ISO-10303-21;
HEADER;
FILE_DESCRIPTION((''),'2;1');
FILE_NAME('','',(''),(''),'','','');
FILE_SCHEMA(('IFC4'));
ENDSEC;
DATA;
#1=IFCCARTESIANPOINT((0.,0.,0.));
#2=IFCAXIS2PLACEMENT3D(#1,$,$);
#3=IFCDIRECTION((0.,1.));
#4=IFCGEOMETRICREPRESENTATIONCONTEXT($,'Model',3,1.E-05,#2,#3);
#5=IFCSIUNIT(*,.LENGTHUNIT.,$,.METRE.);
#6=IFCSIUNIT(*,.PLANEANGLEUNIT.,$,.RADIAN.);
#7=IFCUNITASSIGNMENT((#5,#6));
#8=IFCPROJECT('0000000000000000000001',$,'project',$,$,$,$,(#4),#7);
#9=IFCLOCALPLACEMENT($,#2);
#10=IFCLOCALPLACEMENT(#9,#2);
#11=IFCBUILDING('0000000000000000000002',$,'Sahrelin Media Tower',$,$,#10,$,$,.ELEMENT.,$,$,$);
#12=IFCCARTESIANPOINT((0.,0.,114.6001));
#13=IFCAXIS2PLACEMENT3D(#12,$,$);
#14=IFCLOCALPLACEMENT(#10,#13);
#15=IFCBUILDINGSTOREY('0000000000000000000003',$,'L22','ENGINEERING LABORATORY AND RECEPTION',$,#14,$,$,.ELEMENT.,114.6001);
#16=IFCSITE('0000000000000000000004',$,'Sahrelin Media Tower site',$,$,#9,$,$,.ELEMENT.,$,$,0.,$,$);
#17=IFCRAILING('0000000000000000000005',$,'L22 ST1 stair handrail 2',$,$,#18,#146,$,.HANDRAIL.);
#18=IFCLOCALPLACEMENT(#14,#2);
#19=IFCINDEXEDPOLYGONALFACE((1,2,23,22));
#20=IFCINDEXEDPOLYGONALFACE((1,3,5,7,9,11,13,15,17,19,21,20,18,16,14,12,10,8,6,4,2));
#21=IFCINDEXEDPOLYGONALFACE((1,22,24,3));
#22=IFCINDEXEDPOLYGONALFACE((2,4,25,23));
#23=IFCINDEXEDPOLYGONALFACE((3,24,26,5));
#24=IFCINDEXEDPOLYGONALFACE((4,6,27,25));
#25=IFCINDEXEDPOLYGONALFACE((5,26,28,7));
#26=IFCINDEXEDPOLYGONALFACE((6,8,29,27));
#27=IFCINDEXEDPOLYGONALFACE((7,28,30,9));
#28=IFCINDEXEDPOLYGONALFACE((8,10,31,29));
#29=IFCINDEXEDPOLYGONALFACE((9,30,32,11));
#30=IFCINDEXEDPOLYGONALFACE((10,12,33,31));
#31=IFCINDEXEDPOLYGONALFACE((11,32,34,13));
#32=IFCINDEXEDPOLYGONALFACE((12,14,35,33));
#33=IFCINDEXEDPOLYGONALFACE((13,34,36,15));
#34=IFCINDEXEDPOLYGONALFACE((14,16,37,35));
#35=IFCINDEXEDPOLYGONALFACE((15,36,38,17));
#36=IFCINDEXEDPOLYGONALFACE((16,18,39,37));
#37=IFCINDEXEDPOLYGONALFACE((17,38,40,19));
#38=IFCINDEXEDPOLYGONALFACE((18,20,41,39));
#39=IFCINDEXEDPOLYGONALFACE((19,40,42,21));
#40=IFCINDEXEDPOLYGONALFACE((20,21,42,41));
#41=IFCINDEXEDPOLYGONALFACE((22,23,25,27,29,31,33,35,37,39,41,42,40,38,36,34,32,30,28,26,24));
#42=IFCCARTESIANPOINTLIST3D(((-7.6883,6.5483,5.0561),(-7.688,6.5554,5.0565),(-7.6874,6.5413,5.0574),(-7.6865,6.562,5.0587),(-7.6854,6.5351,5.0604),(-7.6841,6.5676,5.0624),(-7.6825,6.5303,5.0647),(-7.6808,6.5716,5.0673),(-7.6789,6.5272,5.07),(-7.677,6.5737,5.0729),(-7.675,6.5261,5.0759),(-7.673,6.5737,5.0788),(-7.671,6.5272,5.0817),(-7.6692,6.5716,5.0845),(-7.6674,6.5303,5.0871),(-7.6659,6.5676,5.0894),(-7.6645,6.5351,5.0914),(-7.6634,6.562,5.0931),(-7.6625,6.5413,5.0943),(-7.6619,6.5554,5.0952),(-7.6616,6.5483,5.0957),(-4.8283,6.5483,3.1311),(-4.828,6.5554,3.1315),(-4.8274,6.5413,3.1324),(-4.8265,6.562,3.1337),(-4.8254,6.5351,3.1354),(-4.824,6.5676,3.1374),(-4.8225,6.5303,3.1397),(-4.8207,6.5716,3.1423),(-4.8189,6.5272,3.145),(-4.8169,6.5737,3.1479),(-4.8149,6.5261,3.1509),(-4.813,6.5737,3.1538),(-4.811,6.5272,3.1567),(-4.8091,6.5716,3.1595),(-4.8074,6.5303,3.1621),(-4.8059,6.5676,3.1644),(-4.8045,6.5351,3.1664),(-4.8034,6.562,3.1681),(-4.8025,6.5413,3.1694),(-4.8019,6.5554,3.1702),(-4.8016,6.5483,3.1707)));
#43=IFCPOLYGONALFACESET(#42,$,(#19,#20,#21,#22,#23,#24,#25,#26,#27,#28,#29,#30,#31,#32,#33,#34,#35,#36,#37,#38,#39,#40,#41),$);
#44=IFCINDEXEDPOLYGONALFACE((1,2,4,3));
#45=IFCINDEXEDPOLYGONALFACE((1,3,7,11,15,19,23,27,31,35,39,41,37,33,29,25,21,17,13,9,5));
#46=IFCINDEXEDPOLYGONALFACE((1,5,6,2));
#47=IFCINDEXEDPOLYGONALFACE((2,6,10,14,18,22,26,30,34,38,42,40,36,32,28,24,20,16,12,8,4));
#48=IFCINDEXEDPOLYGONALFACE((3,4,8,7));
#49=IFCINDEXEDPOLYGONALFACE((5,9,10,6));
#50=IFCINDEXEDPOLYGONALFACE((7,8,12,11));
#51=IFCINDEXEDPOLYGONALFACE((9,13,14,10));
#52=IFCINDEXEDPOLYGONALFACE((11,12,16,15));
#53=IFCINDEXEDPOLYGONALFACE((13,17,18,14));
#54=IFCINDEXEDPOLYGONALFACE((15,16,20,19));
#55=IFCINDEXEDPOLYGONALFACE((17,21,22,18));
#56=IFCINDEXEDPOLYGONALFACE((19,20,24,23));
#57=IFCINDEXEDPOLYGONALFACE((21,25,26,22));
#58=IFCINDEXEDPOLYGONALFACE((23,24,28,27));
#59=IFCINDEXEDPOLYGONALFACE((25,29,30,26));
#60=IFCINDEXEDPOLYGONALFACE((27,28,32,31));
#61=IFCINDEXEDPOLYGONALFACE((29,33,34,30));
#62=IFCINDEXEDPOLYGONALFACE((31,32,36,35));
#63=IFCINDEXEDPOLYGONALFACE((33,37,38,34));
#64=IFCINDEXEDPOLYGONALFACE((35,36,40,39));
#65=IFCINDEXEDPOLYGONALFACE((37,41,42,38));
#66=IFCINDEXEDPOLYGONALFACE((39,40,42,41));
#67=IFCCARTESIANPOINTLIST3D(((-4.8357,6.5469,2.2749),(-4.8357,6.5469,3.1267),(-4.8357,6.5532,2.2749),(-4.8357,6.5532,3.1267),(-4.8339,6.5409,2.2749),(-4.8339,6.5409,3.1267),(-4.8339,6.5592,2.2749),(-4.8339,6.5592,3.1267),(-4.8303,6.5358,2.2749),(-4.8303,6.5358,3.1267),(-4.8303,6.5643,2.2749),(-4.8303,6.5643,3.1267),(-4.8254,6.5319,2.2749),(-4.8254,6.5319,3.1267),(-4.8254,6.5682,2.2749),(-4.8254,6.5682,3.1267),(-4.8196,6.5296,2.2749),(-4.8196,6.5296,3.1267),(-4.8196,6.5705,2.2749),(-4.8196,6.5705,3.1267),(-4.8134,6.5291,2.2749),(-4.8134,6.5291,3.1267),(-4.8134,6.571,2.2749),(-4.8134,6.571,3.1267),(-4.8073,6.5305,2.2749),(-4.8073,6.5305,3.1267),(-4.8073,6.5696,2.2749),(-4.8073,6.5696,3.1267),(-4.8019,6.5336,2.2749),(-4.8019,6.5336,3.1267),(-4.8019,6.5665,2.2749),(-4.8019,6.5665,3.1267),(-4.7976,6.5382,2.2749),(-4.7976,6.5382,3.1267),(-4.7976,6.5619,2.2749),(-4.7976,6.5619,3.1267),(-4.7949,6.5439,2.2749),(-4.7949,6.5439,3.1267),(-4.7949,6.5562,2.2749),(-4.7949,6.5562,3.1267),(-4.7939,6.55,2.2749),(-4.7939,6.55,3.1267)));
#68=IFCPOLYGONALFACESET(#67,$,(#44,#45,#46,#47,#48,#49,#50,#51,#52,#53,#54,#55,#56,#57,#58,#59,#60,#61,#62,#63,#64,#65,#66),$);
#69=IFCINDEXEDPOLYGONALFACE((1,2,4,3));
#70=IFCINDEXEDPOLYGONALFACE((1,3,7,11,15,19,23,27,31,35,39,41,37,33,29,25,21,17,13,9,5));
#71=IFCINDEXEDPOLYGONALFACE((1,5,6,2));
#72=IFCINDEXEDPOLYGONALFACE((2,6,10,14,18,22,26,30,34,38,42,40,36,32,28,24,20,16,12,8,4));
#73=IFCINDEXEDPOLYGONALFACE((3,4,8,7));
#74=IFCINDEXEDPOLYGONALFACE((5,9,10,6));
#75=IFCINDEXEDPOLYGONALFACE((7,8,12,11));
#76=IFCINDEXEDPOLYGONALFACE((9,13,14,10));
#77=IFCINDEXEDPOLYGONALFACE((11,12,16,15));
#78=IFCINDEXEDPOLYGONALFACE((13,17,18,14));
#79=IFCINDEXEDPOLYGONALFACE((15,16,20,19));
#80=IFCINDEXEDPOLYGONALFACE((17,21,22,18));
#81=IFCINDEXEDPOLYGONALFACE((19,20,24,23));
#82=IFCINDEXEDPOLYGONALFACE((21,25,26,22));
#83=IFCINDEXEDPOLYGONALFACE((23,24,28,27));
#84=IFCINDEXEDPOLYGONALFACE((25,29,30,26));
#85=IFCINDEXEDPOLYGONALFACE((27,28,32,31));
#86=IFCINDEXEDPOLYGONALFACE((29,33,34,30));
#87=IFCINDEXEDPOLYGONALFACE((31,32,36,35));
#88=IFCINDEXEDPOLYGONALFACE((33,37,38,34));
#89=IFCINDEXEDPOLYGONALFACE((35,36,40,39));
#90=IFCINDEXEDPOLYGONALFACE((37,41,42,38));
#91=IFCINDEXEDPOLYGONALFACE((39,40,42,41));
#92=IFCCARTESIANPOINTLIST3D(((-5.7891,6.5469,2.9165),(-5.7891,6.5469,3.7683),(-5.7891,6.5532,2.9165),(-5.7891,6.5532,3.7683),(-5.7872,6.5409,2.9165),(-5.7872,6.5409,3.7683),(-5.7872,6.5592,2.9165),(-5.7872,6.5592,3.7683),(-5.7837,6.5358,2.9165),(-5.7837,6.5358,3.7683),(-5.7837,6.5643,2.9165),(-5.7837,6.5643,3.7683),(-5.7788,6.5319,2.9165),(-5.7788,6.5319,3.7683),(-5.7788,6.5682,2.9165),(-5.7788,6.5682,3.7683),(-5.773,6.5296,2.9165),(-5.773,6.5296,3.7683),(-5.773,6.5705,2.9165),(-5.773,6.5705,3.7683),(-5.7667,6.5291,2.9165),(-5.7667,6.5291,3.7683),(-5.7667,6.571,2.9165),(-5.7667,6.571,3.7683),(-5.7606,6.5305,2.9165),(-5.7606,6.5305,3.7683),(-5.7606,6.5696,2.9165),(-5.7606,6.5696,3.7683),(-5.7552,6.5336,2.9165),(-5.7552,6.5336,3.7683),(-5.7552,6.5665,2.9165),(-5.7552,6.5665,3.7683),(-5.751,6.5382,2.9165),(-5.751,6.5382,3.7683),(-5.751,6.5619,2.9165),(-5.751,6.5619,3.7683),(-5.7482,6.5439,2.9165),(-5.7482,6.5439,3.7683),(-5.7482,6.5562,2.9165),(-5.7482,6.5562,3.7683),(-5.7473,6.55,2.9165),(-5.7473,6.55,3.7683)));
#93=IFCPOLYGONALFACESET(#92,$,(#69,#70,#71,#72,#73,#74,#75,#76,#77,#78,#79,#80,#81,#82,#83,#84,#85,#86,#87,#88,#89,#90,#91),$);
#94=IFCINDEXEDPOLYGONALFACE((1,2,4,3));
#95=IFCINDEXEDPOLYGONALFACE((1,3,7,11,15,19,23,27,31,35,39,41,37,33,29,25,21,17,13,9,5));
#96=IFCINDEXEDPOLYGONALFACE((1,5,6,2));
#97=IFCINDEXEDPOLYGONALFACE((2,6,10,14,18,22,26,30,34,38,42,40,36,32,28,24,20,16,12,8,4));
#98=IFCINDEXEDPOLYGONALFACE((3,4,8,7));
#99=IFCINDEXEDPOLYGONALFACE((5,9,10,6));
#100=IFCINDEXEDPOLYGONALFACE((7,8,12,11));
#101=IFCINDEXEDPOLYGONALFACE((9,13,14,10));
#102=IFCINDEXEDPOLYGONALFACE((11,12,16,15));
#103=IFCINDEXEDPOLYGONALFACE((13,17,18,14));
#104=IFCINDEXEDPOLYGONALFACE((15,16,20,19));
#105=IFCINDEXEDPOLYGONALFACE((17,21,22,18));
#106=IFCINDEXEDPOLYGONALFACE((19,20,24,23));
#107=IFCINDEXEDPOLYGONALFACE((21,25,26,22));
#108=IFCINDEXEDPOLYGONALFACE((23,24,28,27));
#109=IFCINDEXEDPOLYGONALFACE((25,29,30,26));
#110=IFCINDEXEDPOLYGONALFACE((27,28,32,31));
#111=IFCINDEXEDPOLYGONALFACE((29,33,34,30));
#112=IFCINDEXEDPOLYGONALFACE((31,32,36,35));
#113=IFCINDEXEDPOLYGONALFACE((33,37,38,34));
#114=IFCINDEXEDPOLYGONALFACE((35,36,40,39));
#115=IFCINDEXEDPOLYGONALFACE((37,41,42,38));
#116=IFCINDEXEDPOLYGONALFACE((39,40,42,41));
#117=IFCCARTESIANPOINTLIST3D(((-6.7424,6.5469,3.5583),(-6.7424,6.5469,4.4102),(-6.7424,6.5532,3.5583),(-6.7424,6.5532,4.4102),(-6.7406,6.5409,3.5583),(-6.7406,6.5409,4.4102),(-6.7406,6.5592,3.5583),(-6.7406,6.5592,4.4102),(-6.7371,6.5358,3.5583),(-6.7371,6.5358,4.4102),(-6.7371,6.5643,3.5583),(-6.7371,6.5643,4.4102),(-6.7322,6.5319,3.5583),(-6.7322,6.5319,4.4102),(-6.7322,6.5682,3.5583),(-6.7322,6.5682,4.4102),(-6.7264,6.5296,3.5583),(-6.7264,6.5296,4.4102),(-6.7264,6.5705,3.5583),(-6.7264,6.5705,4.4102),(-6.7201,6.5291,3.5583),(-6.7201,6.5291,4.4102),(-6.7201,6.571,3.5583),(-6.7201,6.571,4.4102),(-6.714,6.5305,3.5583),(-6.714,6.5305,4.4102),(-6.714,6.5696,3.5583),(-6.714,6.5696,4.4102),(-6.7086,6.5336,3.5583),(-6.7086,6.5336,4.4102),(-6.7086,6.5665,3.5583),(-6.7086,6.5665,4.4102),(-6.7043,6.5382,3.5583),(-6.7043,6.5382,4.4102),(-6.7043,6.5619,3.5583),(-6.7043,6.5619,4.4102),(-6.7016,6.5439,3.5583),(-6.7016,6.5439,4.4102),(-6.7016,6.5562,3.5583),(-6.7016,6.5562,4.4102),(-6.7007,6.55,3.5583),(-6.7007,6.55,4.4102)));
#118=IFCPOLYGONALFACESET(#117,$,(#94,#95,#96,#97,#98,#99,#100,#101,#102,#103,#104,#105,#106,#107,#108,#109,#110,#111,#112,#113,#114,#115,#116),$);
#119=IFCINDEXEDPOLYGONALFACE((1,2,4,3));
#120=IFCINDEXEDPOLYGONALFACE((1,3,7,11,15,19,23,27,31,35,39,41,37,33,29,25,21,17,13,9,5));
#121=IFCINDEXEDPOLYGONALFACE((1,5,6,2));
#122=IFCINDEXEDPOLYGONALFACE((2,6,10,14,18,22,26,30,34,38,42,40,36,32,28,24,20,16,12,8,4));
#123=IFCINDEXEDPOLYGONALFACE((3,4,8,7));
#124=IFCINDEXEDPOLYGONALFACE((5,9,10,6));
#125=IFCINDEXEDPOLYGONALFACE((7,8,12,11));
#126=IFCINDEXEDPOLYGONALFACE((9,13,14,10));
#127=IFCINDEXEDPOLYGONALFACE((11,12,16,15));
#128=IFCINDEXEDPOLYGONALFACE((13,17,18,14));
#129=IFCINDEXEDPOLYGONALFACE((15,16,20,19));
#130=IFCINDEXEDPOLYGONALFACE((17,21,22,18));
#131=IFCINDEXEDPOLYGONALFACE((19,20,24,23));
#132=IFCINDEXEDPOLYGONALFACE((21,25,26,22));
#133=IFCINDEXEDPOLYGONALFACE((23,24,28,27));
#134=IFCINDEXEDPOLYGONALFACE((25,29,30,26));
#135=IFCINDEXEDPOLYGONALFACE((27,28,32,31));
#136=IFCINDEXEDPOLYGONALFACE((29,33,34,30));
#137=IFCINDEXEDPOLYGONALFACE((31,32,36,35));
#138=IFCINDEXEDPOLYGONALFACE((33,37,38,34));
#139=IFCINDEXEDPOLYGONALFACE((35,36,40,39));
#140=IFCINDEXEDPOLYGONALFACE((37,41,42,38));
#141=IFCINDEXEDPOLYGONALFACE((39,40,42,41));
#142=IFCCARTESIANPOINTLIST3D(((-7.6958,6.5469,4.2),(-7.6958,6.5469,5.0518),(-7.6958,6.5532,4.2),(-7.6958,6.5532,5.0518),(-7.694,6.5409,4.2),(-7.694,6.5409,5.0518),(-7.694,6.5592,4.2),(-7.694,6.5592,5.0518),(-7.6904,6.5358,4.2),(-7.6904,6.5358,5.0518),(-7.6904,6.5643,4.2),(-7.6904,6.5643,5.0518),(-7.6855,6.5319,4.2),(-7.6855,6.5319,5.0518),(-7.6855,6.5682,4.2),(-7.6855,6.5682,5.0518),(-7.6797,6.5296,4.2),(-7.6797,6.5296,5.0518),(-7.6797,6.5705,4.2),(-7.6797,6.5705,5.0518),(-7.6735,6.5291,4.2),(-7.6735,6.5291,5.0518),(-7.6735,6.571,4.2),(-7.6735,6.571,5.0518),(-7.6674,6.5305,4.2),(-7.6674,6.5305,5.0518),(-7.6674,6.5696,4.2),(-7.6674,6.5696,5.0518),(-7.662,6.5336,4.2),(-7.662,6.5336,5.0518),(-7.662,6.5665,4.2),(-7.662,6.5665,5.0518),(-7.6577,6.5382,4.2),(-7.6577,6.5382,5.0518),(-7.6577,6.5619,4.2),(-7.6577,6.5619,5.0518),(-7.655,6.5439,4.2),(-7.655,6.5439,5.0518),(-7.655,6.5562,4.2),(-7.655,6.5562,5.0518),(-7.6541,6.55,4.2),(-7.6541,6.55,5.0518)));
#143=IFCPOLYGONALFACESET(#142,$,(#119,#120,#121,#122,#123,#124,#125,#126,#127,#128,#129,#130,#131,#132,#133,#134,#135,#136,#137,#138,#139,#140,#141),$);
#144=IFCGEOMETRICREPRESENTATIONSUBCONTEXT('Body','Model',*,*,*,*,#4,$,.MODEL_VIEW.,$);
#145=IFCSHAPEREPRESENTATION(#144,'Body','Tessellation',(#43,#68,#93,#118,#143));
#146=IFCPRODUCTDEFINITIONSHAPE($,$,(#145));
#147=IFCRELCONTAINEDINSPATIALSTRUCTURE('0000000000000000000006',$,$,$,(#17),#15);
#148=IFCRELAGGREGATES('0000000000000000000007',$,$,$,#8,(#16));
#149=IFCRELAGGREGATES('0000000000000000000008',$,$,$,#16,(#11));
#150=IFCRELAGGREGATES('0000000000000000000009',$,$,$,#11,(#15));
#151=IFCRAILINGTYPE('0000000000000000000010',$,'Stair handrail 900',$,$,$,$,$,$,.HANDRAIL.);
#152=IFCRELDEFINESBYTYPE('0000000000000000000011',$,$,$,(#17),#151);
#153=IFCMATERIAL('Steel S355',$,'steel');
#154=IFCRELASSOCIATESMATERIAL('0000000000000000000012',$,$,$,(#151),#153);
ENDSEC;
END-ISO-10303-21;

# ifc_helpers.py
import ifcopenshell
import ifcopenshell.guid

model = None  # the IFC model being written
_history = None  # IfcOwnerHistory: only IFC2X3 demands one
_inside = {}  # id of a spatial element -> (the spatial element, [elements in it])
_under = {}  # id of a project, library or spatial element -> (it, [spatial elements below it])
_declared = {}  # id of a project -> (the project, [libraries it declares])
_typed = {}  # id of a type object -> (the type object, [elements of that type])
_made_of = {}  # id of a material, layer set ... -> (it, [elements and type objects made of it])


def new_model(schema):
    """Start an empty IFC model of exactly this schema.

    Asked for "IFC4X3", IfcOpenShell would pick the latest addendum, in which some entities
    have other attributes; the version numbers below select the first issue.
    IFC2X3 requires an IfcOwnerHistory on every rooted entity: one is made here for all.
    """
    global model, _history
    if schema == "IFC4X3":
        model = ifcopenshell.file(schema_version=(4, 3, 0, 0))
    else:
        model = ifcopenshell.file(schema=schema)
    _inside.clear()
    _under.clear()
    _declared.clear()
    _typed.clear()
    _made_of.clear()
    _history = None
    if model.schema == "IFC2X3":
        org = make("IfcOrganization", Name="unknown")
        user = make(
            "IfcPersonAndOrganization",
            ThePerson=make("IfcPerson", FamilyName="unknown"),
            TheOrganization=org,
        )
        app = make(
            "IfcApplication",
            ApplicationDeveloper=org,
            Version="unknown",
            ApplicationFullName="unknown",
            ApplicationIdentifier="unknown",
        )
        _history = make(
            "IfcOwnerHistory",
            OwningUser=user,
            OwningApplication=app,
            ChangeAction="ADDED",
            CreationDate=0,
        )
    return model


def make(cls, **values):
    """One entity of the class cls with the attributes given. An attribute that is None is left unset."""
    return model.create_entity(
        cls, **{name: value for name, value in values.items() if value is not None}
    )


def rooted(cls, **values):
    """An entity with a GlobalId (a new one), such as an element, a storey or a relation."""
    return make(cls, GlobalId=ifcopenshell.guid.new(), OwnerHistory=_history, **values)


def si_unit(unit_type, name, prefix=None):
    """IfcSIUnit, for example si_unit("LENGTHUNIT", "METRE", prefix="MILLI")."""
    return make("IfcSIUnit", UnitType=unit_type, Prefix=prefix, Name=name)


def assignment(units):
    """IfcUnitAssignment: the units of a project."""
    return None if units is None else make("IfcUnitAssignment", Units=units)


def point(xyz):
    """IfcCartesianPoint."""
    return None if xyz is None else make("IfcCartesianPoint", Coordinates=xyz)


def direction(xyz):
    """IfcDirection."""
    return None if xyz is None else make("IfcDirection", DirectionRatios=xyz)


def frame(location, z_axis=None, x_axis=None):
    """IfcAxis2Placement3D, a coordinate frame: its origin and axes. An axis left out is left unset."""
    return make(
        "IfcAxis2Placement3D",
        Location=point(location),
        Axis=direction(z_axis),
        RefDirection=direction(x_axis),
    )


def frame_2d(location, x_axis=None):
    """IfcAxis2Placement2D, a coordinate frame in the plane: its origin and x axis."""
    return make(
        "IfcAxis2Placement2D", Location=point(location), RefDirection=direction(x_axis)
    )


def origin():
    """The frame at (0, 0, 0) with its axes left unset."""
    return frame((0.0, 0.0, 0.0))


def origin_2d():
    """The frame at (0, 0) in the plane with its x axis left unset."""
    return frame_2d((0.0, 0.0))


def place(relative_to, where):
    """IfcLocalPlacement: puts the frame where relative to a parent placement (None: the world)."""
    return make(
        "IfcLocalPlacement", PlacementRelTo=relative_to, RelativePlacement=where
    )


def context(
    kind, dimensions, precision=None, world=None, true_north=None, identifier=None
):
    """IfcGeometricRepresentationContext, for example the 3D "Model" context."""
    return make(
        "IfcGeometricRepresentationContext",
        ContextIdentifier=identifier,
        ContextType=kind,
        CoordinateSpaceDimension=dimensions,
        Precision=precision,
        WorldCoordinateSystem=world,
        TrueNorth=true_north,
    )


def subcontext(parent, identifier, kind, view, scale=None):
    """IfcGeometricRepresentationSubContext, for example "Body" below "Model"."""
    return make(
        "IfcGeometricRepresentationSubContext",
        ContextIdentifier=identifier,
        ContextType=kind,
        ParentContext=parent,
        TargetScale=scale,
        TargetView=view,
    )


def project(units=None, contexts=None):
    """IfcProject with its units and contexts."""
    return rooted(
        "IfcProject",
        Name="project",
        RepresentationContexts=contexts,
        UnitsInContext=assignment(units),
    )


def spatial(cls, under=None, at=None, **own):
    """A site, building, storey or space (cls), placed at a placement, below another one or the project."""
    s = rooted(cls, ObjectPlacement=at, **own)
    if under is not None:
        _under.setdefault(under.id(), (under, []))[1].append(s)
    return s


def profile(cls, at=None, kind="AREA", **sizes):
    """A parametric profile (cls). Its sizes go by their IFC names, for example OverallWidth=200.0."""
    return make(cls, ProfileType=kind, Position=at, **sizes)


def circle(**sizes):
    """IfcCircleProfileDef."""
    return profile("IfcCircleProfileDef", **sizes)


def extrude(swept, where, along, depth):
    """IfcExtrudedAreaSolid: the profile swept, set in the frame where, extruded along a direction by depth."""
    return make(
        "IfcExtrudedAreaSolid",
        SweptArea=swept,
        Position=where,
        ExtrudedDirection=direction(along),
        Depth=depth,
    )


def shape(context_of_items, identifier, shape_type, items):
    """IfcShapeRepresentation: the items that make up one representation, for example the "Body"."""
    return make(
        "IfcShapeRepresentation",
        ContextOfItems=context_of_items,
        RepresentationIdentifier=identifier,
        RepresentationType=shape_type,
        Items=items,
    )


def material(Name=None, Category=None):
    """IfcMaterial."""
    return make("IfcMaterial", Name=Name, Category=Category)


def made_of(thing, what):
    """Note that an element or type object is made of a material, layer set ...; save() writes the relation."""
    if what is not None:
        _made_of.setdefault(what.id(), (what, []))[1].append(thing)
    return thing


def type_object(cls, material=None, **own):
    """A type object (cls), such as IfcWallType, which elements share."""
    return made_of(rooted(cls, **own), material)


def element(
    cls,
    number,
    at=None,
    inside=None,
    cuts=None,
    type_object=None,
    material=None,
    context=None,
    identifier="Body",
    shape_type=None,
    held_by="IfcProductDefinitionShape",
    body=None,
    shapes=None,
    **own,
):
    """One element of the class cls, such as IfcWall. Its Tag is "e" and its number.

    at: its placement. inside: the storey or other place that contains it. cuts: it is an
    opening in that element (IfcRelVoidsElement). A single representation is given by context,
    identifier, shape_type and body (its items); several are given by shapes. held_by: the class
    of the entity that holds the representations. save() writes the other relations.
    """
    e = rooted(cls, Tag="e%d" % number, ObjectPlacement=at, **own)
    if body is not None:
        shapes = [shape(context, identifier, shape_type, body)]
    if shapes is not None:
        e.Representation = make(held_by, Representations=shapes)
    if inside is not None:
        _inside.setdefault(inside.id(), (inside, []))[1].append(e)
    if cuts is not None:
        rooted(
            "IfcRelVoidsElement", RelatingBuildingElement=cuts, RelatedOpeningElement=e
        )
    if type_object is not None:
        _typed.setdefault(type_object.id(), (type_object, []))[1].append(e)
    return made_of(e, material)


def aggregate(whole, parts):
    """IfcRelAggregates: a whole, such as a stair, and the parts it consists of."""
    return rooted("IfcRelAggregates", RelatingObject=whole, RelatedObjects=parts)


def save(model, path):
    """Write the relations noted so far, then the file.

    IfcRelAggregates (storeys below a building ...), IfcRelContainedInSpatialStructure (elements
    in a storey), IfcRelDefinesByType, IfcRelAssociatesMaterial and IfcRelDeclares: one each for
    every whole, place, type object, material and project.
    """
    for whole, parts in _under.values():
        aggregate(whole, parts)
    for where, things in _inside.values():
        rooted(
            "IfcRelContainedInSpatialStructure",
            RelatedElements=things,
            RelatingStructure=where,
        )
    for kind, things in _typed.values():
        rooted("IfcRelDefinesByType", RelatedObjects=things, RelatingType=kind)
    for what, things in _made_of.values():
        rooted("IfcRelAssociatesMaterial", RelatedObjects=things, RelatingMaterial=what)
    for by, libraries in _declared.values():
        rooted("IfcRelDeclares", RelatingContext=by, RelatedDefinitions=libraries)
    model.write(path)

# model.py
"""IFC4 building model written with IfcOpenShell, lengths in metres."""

from ifc_helpers import new_model, si_unit, direction, frame, origin, origin_2d, place, context, subcontext, project, spatial, circle, extrude, material, type_object, element, save


model = new_model("IFC4")

# Units and contexts
model_context = context("Model", 3, precision=1e-05, world=origin(), true_north=direction((0.0, 1.0)))
body_context = subcontext(model_context, "Body", "Model", "MODEL_VIEW")
ifc_project = project(units=[si_unit("LENGTHUNIT", "METRE"), si_unit("PLANEANGLEUNIT", "RADIAN")], contexts=[model_context])

# Site, building, storey
site_placement = place(None, origin())
site = spatial("IfcSite", under=ifc_project, at=site_placement, Name="Sahrelin Media Tower site", CompositionType="ELEMENT", RefElevation=0.0)
building_placement = place(site_placement, origin())
building = spatial("IfcBuilding", under=site, at=building_placement, Name="Sahrelin Media Tower", CompositionType="ELEMENT")
storey_placement = place(building_placement, frame((0.0, 0.0, 114.6001)))
storey = spatial("IfcBuildingStorey", under=building, at=storey_placement, Name="L22", Description="ENGINEERING LABORATORY AND RECEPTION", CompositionType="ELEMENT", Elevation=114.6001)

# Shared definitions
ifc_material_1 = material(Name="Steel S355", Category="steel")

# Railing
railing_type_1 = type_object("IfcRailingType", Name="Stair handrail 900", PredefinedType="HANDRAIL", material=ifc_material_1)
railing_1_placement = place(storey_placement, frame((-4.8149, 6.55, 2.2749)))
element("IfcRailing", 1, at=railing_1_placement, inside=storey, type_object=railing_type_1, Name="L22 ST1 stair handrail 2", PredefinedType="HANDRAIL", context=body_context, shape_type="SweptSolid", body=[
    extrude(circle(Radius=0.0239, at=origin_2d()), frame((0.0, 0.0, 0.876), z_axis=(-0.829591, 0.0, 0.558372), x_axis=(0.0, -1.0, 0.0)), (0.0, 0.0, 1.0), 3.4475),
    extrude(circle(Radius=0.021, at=origin_2d()), origin(), (0.0, 0.0, 1.0), 0.8518),
    extrude(circle(Radius=0.021, at=origin_2d()), frame((-0.9534, 0.0, 0.6416)), (0.0, 0.0, 1.0), 0.8518),
    extrude(circle(Radius=0.021, at=origin_2d()), frame((-1.9067, 0.0, 1.2834)), (0.0, 0.0, 1.0), 0.8518),
    extrude(circle(Radius=0.021, at=origin_2d()), frame((-2.8601, 0.0, 1.925)), (0.0, 0.0, 1.0), 0.8518),
])

save(model, "model.ifc")
